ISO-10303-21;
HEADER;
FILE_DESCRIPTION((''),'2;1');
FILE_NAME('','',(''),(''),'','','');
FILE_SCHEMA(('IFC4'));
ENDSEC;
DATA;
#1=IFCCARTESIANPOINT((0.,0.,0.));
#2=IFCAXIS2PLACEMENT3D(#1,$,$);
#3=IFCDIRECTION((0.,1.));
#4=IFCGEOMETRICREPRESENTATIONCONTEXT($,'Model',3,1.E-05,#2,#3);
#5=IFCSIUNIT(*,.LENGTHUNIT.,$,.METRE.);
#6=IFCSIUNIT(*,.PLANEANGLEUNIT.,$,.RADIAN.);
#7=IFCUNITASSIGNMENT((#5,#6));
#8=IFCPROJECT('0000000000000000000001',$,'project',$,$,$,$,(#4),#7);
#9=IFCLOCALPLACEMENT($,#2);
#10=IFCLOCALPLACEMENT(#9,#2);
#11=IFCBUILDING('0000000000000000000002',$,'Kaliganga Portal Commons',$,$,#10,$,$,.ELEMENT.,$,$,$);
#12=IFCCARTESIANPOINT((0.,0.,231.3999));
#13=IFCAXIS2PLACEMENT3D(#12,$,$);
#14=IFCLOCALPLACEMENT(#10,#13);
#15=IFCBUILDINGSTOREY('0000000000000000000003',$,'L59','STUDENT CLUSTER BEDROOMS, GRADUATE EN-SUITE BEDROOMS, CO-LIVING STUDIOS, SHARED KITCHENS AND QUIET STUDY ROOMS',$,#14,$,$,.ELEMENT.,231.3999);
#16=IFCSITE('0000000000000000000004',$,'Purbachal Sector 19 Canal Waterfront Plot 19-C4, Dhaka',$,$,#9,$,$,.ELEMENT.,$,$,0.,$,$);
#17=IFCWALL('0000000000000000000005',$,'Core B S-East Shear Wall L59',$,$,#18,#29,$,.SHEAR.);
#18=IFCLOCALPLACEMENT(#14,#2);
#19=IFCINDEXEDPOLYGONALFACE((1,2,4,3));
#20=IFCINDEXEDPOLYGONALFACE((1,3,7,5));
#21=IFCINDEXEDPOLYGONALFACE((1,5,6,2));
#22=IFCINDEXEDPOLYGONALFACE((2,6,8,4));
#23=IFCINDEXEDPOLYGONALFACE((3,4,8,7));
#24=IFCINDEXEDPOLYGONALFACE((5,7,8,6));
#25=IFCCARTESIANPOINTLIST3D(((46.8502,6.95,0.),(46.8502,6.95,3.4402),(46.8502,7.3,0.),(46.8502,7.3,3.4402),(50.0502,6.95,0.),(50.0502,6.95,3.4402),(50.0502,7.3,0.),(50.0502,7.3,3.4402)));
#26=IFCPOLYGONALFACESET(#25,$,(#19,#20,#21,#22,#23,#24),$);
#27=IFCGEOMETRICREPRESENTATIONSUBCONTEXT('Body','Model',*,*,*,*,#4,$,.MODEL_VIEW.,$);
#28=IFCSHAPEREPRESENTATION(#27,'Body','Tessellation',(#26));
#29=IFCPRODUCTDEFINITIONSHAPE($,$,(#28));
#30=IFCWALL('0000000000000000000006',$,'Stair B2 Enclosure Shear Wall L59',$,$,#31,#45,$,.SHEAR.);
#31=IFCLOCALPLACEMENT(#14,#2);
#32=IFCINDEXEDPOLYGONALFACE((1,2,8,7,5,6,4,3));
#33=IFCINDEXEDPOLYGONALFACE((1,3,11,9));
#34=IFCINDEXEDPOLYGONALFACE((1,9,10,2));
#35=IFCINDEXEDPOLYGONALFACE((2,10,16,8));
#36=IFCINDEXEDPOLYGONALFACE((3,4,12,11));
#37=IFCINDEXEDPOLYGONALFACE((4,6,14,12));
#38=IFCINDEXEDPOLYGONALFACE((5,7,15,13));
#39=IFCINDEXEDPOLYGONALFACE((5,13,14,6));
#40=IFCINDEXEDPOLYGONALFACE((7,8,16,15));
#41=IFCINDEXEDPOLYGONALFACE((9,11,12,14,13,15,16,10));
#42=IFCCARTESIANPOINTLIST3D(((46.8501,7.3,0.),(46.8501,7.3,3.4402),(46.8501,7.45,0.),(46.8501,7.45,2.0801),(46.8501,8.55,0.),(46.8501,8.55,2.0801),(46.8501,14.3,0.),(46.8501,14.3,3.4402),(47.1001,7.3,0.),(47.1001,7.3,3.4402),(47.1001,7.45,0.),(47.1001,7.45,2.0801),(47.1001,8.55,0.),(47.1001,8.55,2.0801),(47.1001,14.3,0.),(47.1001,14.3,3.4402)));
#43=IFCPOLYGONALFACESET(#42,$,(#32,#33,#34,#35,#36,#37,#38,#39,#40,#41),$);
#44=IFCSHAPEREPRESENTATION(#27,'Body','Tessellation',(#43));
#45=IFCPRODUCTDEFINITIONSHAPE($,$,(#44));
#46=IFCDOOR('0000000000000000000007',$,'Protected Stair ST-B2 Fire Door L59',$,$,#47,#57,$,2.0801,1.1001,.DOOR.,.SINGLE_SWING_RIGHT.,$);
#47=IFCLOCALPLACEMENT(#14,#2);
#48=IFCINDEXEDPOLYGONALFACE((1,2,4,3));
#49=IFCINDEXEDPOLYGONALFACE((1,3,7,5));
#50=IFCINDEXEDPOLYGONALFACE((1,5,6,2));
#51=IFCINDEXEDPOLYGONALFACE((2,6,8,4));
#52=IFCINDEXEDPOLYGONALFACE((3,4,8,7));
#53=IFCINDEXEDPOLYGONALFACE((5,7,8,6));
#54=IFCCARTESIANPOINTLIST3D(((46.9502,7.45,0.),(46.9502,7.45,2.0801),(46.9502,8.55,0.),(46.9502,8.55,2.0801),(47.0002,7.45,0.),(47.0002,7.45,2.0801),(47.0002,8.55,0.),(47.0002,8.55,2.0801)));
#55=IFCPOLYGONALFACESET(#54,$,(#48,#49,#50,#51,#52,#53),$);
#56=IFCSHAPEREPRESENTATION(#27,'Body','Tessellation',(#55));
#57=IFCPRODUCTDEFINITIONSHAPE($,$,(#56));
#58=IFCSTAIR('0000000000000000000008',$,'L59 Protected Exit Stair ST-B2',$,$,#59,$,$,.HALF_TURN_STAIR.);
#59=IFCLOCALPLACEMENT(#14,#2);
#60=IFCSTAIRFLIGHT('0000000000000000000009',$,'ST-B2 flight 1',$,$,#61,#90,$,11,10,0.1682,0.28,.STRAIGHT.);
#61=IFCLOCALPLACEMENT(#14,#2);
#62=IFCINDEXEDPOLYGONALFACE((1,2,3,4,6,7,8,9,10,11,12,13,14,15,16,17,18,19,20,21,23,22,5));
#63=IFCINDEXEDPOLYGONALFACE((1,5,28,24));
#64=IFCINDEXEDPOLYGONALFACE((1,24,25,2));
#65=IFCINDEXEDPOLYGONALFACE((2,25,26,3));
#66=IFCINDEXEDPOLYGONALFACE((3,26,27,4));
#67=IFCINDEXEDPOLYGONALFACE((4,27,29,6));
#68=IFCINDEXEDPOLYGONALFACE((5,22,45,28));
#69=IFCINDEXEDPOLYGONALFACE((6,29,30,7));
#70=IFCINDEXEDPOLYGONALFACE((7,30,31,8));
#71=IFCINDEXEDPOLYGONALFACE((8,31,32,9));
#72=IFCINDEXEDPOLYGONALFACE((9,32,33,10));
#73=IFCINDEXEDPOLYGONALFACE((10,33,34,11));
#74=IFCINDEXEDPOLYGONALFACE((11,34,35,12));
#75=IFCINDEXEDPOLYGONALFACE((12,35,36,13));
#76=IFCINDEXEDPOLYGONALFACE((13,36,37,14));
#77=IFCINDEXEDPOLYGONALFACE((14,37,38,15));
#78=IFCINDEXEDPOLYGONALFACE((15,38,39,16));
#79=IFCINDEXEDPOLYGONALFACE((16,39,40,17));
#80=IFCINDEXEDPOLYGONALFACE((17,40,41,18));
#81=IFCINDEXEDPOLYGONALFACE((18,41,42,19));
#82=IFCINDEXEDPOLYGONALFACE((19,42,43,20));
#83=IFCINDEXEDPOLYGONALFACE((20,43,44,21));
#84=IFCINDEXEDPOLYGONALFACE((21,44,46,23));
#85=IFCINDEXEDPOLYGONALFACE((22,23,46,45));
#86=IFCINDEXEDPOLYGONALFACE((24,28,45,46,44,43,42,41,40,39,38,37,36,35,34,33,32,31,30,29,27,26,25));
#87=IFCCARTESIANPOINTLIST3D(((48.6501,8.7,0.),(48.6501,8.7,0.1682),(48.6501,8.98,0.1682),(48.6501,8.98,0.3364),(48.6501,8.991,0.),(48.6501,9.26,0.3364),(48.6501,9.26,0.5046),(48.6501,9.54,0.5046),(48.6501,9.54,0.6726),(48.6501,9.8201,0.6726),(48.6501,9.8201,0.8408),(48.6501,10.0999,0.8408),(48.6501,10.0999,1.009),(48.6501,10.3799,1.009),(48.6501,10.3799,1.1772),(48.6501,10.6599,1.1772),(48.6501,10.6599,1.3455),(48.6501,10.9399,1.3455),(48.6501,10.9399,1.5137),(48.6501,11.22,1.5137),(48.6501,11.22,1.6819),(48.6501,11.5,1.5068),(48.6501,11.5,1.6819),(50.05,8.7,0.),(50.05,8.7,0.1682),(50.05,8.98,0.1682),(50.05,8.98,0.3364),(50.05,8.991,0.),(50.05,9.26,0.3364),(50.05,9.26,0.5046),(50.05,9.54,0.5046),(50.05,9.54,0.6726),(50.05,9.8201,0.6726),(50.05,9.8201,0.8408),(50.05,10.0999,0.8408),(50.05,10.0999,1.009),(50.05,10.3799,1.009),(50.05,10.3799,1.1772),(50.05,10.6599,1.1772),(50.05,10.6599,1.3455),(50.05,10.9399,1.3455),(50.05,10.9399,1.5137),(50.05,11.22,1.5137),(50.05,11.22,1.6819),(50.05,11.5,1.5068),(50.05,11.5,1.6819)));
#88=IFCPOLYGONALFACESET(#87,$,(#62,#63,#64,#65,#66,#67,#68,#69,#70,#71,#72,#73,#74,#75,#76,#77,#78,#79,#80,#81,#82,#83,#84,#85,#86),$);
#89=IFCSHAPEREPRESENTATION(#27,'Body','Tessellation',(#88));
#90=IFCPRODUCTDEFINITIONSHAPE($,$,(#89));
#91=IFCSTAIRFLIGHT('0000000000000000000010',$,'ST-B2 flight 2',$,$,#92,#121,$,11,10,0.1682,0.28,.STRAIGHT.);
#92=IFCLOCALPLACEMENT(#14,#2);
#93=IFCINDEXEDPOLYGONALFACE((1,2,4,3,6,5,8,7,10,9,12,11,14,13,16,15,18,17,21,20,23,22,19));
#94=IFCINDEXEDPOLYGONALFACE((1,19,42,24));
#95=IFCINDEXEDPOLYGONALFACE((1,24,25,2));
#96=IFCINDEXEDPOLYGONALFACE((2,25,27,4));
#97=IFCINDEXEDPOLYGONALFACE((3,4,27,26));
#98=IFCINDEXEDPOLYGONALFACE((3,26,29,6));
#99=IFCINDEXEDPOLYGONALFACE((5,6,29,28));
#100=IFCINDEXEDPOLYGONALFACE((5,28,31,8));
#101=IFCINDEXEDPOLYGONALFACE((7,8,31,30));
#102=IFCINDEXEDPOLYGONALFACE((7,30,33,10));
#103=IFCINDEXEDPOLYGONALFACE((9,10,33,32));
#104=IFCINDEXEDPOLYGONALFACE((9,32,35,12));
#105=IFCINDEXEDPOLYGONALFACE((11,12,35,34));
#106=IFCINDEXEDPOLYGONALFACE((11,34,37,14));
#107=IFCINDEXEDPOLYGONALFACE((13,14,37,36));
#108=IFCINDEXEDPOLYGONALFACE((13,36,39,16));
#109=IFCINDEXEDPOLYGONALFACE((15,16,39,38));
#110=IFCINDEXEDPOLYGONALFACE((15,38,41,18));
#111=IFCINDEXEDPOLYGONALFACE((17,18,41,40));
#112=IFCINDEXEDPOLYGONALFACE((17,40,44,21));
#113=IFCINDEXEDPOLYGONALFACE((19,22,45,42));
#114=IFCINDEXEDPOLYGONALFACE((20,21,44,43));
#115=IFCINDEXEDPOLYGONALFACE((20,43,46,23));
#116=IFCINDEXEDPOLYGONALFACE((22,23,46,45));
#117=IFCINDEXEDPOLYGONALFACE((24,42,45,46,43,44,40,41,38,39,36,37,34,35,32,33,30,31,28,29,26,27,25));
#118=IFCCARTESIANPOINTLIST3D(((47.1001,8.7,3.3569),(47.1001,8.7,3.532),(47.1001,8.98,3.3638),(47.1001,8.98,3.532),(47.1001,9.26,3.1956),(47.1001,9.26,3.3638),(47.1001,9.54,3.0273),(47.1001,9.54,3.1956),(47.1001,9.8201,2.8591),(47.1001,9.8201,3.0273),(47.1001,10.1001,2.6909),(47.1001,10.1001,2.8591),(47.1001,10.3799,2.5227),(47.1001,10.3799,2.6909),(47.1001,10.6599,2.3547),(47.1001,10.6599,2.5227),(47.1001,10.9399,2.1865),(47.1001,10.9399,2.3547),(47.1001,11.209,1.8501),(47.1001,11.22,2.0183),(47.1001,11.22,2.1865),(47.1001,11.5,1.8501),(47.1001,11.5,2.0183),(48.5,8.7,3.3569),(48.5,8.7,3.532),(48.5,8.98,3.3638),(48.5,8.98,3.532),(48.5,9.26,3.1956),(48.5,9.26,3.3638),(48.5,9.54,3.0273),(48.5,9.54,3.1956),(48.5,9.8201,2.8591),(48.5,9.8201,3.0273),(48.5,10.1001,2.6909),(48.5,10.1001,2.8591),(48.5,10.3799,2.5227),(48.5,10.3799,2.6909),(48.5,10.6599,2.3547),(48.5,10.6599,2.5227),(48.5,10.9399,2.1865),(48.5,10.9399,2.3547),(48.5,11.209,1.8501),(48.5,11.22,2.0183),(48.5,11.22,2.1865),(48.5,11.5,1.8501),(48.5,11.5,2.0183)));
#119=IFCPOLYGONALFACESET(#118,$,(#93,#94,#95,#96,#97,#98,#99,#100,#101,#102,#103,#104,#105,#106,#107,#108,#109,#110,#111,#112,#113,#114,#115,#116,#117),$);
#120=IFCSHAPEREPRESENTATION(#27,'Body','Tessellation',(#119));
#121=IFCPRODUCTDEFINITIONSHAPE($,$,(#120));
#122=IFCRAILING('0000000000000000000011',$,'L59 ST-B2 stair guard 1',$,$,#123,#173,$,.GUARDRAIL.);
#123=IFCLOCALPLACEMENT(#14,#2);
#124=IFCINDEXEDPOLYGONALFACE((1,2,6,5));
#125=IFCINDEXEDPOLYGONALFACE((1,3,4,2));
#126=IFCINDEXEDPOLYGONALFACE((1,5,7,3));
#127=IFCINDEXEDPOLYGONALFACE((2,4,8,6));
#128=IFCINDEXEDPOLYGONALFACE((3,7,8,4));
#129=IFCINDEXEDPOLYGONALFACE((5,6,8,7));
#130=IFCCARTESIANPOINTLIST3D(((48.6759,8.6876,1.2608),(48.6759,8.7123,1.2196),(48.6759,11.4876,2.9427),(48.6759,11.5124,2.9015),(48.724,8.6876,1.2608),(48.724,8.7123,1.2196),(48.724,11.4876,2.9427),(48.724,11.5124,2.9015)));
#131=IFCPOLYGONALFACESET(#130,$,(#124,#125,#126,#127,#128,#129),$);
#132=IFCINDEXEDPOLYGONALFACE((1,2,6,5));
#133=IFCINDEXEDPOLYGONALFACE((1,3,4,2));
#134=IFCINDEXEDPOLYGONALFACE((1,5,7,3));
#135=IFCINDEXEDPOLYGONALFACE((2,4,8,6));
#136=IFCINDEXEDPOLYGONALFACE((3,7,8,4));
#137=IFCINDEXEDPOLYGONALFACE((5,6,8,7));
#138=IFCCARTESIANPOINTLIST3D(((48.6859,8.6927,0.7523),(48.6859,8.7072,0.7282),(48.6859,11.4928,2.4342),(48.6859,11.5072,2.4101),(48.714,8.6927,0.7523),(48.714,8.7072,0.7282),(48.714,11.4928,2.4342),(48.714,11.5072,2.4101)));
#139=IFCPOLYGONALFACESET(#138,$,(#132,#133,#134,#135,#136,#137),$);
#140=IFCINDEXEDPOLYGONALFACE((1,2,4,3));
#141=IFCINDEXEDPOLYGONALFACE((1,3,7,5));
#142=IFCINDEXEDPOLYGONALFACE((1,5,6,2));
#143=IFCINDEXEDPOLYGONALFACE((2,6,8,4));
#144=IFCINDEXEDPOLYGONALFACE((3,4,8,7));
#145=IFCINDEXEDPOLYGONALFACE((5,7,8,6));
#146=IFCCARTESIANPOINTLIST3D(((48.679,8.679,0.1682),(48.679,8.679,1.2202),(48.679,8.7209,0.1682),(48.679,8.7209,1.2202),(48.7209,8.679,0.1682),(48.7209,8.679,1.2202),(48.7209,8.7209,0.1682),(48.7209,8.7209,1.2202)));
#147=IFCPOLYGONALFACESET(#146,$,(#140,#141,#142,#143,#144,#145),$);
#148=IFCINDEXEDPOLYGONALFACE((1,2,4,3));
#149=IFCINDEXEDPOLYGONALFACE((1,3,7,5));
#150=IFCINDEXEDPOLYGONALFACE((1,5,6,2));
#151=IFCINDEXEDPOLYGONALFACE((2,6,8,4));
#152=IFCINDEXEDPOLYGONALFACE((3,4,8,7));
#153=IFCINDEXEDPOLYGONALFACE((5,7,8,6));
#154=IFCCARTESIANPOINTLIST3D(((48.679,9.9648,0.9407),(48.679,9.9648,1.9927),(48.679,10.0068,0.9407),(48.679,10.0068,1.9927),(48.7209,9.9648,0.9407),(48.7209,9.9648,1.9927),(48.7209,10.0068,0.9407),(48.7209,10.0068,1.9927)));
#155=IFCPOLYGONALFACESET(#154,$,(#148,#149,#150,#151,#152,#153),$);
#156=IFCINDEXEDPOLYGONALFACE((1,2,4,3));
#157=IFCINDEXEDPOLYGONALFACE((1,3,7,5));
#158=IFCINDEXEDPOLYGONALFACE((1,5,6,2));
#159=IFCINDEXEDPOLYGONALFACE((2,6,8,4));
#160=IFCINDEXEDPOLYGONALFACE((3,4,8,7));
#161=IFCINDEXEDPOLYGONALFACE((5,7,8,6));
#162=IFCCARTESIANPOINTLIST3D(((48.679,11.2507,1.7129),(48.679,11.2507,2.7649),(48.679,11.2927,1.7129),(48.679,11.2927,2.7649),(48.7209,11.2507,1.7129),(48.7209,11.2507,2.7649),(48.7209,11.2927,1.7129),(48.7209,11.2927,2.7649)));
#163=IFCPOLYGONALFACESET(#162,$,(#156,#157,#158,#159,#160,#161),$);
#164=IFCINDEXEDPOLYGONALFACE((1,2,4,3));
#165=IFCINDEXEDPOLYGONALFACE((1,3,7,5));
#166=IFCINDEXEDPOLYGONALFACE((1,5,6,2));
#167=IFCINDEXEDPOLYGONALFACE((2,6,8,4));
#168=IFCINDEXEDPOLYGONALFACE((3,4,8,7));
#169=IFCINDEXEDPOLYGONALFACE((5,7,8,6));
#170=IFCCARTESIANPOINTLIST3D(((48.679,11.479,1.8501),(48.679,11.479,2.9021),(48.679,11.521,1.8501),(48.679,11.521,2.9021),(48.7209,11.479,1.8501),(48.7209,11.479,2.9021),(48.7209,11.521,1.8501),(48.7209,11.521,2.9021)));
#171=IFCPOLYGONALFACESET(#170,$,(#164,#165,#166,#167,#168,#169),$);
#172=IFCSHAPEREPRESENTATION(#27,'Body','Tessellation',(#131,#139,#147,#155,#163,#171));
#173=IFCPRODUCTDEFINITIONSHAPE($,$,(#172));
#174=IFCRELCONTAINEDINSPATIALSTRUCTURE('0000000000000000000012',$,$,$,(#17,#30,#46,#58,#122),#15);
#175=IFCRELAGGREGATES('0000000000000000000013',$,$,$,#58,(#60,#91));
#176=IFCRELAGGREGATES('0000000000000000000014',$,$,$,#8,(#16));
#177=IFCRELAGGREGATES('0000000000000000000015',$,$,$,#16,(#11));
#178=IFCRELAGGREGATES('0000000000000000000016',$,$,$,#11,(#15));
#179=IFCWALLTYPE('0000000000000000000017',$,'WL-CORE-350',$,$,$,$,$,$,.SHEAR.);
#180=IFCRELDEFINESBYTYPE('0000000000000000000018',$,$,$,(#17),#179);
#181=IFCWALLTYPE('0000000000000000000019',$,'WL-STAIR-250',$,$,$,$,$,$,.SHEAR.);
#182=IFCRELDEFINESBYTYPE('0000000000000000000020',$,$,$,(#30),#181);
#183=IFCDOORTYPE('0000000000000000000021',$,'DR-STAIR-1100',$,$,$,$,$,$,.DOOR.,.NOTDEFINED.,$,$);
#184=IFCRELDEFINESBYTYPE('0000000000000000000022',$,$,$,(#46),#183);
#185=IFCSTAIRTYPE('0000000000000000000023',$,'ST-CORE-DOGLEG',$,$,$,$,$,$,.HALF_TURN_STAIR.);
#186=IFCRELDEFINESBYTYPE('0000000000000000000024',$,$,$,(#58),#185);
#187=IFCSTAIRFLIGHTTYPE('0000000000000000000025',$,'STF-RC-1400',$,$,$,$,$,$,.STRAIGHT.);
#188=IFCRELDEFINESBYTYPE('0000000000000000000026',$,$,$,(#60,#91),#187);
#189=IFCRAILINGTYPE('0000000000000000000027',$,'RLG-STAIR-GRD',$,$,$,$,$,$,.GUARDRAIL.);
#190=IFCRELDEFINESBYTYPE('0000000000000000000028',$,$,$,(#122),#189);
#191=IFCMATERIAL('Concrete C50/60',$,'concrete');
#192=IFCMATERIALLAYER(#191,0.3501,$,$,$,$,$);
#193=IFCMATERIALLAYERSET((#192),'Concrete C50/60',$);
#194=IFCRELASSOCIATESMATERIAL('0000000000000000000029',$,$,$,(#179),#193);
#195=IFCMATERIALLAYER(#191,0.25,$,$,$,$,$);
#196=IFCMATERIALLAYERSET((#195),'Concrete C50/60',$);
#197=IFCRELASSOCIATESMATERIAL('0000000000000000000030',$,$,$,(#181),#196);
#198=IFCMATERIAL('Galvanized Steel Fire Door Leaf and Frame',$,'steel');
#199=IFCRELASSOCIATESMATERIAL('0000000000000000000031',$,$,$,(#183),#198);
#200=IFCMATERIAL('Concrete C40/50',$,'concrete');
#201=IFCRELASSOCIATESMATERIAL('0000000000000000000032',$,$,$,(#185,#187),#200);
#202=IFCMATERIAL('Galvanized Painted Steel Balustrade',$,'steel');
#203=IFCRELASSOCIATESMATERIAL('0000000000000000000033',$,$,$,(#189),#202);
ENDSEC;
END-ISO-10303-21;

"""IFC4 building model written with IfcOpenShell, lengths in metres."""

from ifc_helpers import new_model, si_unit, direction, frame, frame_2d, origin, origin_2d, place, context, subcontext, project, spatial, polyline, rectangle, outline, extrude, material, layer, layer_set, type_object, element, fill, aggregate, save


model = new_model("IFC4")

# Units and contexts
model_context = context("Model", 3, precision=1e-05, world=origin(), true_north=direction((0.0, 1.0)))
body_context = subcontext(model_context, "Body", "Model", "MODEL_VIEW")
ifc_project = project(units=[si_unit("LENGTHUNIT", "METRE"), si_unit("PLANEANGLEUNIT", "RADIAN")], contexts=[model_context])

# Site, building, storey
site_placement = place(None, origin())
site = spatial("IfcSite", under=ifc_project, at=site_placement, Name="Purbachal Sector 19 Canal Waterfront Plot 19-C4, Dhaka", CompositionType="ELEMENT", RefElevation=0.0)
building_placement = place(site_placement, origin())
building = spatial("IfcBuilding", under=site, at=building_placement, Name="Kaliganga Portal Commons", CompositionType="ELEMENT")
storey_placement = place(building_placement, frame((0.0, 0.0, 231.3999)))
storey = spatial("IfcBuildingStorey", under=building, at=storey_placement, Name="L59", Description="STUDENT CLUSTER BEDROOMS, GRADUATE EN-SUITE BEDROOMS, CO-LIVING STUDIOS, SHARED KITCHENS AND QUIET STUDY ROOMS", CompositionType="ELEMENT", Elevation=231.3999)

# Wall
ifc_material_1 = material(Name="Concrete C50/60", Category="concrete")
ifc_layer_1 = layer(ifc_material_1, 0.3501)
ifc_layer_set_1 = layer_set([ifc_layer_1], Name="Concrete C50/60")
wall_type_1 = type_object("IfcWallType", Name="WL-CORE-350", PredefinedType="SHEAR", material=ifc_layer_set_1)
wall_1_placement = place(storey_placement, frame((46.8501, 7.125, 0.0), z_axis=(0.0, 0.0, 1.0), x_axis=(1.0, 0.0, 0.0)))
element("IfcWall", 1, at=wall_1_placement, inside=storey, type_object=wall_type_1, Name="Core B S-East Shear Wall L59", PredefinedType="SHEAR", context=body_context, shape_type="SweptSolid", body=[
    extrude(rectangle(XDim=3.2, YDim=0.3501, at=frame_2d((1.6001, 0.0))), origin(), (0.0, 0.0, 1.0), 3.4402),
])

# Wall, opening, door
ifc_layer_2 = layer(ifc_material_1, 0.25)
ifc_layer_set_2 = layer_set([ifc_layer_2], Name="Concrete C50/60")
wall_type_2 = type_object("IfcWallType", Name="WL-STAIR-250", PredefinedType="SHEAR", material=ifc_layer_set_2)
wall_2_placement = place(storey_placement, frame((46.9751, 7.3, 0.0), z_axis=(0.0, 0.0, 1.0), x_axis=(0.0, 1.0, 0.0)))
wall_2 = element("IfcWall", 2, at=wall_2_placement, inside=storey, type_object=wall_type_2, Name="Stair B2 Enclosure Shear Wall L59", PredefinedType="SHEAR", context=body_context, shape_type="SweptSolid", body=[
    extrude(rectangle(XDim=7.0, YDim=0.25, at=frame_2d((3.5, 0.0))), origin(), (0.0, 0.0, 1.0), 3.4402),
])
opening_placement = place(wall_2_placement, frame((0.1499, 0.0, 0.0)))
opening = element("IfcOpeningElement", 3, at=opening_placement, cuts=wall_2, PredefinedType="OPENING", context=body_context, shape_type="SweptSolid", body=[
    extrude(rectangle(XDim=1.1001, YDim=2.0801, at=frame_2d((0.55, 1.04))), frame((0.0, 0.135, 0.0), z_axis=(0.0, -1.0, 0.0), x_axis=(1.0, 0.0, 0.0)), (0.0, 0.0, 1.0), 0.27),
])
ifc_material_2 = material(Name="Galvanized Steel Fire Door Leaf and Frame", Category="steel")
door_type = type_object("IfcDoorType", Name="DR-STAIR-1100", OperationType="NOTDEFINED", PredefinedType="DOOR", material=ifc_material_2)
door_placement = place(opening_placement, origin())
door = element("IfcDoor", 4, at=door_placement, inside=storey, type_object=door_type, Name="Protected Stair ST-B2 Fire Door L59", OperationType="SINGLE_SWING_RIGHT", OverallHeight=2.0801, OverallWidth=1.1001, PredefinedType="DOOR", context=body_context, shape_type="SweptSolid", body=[
    extrude(rectangle(XDim=1.1001, YDim=2.0801, at=frame_2d((0.55, 1.04))), frame((0.0, 0.0249, 0.0), z_axis=(0.0, -1.0, 0.0), x_axis=(1.0, 0.0, 0.0)), (0.0, 0.0, 1.0), 0.05),
])
fill(opening, door)

# Stair, stair flights
ifc_material_3 = material(Name="Concrete C40/50", Category="concrete")
stair_type = type_object("IfcStairType", Name="ST-CORE-DOGLEG", PredefinedType="HALF_TURN_STAIR", material=ifc_material_3)
stair_placement = place(storey_placement, origin())
stair = element("IfcStair", 5, at=stair_placement, inside=storey, type_object=stair_type, Name="L59 Protected Exit Stair ST-B2", PredefinedType="HALF_TURN_STAIR")
stair_flight_type = type_object("IfcStairFlightType", Name="STF-RC-1400", PredefinedType="STRAIGHT", material=ifc_material_3)
stair_flight_1_placement = place(storey_placement, frame((49.3501, 8.7, 0.0), z_axis=(0.0, 0.0, 1.0), x_axis=(0.0, 1.0, 0.0)))
stair_flight_1 = element("IfcStairFlight", 6, at=stair_flight_1_placement, type_object=stair_flight_type, Name="ST-B2 flight 1", NumberOfRisers=11, NumberOfTreads=10, PredefinedType="STRAIGHT", RiserHeight=0.1682, TreadLength=0.28, context=body_context, shape_type="SweptSolid", body=[
    extrude(outline(polyline([(0.0, 0.0), (0.0, 0.1682), (0.28, 0.1682), (0.28, 0.3364), (0.5601, 0.3364), (0.5601, 0.5046), (0.8401, 0.5046), (0.8401, 0.6726), (1.1201, 0.6726), (1.1201, 0.8408), (1.3999, 0.8408), (1.3999, 1.009), (1.6799, 1.009), (1.6799, 1.1772), (1.96, 1.1772), (1.96, 1.3455), (2.24, 1.3455), (2.24, 1.5137), (2.52, 1.5137), (2.52, 1.6819), (2.8, 1.6819), (2.8, 1.8501), (2.8, 1.5068), (0.291, 0.0), (0.0, 0.0)])), frame((0.0, 0.7, 0.0), z_axis=(0.0, -1.0, 0.0), x_axis=(1.0, 0.0, 0.0)), (0.0, 0.0, 1.0), 1.3999),
])
stair_flight_2_placement = place(storey_placement, frame((47.8, 11.5, 1.8501), z_axis=(0.0, 0.0, 1.0), x_axis=(0.0, -1.0, 0.0)))
stair_flight_2 = element("IfcStairFlight", 7, at=stair_flight_2_placement, type_object=stair_flight_type, Name="ST-B2 flight 2", NumberOfRisers=11, NumberOfTreads=10, PredefinedType="STRAIGHT", RiserHeight=0.1682, TreadLength=0.28, context=body_context, shape_type="SweptSolid", body=[
    extrude(outline(polyline([(0.0, 0.0), (0.0, 0.1682), (0.28, 0.1682), (0.28, 0.3364), (0.5601, 0.3364), (0.5601, 0.5046), (0.8401, 0.5046), (0.8401, 0.6726), (1.1201, 0.6726), (1.1201, 0.8408), (1.3999, 0.8408), (1.3999, 1.009), (1.6799, 1.009), (1.6799, 1.1772), (1.96, 1.1772), (1.96, 1.3455), (2.24, 1.3455), (2.24, 1.5137), (2.52, 1.5137), (2.52, 1.6819), (2.8, 1.6819), (2.8, 1.8501), (2.8, 1.5068), (0.291, 0.0), (0.0, 0.0)])), frame((0.0, 0.7, 0.0), z_axis=(0.0, -1.0, 0.0), x_axis=(1.0, 0.0, 0.0)), (0.0, 0.0, 1.0), 1.3999),
])
aggregate(stair, [stair_flight_1, stair_flight_2])

# Railing
ifc_material_4 = material(Name="Galvanized Painted Steel Balustrade", Category="steel")
railing_type_1 = type_object("IfcRailingType", Name="RLG-STAIR-GRD", PredefinedType="GUARDRAIL", material=ifc_material_4)
railing_1_placement = place(storey_placement, frame((48.7, 8.7, 0.1682)))
element("IfcRailing", 8, at=railing_1_placement, inside=storey, type_object=railing_type_1, Name="L59 ST-B2 stair guard 1", PredefinedType="GUARDRAIL", context=body_context, shape_type="SweptSolid", body=[
    extrude(rectangle(XDim=0.0481, YDim=0.0481, at=origin_2d()), frame((0.0, 0.0, 1.072), z_axis=(0.0, 0.857242, 0.514913), x_axis=(-1.0, 0.0, 0.0)), (0.0, 0.0, 1.0), 3.2664),
    extrude(rectangle(XDim=0.0281, YDim=0.0281, at=origin_2d()), frame((0.0, 0.0, 0.572), z_axis=(0.0, 0.857242, 0.514913), x_axis=(-1.0, 0.0, 0.0)), (0.0, 0.0, 1.0), 3.2664),
    extrude(rectangle(XDim=0.042, YDim=0.042, at=origin_2d()), origin(), (0.0, 0.0, 1.0), 1.052),
    extrude(rectangle(XDim=0.042, YDim=0.042, at=origin_2d()), frame((0.0, 1.2859, 0.7725)), (0.0, 0.0, 1.0), 1.052),
    extrude(rectangle(XDim=0.042, YDim=0.042, at=origin_2d()), frame((0.0, 2.5718, 1.5447)), (0.0, 0.0, 1.0), 1.052),
    extrude(rectangle(XDim=0.042, YDim=0.042, at=origin_2d()), frame((0.0, 2.8, 1.6819)), (0.0, 0.0, 1.0), 1.052),
])

save(model, "model.ifc")
